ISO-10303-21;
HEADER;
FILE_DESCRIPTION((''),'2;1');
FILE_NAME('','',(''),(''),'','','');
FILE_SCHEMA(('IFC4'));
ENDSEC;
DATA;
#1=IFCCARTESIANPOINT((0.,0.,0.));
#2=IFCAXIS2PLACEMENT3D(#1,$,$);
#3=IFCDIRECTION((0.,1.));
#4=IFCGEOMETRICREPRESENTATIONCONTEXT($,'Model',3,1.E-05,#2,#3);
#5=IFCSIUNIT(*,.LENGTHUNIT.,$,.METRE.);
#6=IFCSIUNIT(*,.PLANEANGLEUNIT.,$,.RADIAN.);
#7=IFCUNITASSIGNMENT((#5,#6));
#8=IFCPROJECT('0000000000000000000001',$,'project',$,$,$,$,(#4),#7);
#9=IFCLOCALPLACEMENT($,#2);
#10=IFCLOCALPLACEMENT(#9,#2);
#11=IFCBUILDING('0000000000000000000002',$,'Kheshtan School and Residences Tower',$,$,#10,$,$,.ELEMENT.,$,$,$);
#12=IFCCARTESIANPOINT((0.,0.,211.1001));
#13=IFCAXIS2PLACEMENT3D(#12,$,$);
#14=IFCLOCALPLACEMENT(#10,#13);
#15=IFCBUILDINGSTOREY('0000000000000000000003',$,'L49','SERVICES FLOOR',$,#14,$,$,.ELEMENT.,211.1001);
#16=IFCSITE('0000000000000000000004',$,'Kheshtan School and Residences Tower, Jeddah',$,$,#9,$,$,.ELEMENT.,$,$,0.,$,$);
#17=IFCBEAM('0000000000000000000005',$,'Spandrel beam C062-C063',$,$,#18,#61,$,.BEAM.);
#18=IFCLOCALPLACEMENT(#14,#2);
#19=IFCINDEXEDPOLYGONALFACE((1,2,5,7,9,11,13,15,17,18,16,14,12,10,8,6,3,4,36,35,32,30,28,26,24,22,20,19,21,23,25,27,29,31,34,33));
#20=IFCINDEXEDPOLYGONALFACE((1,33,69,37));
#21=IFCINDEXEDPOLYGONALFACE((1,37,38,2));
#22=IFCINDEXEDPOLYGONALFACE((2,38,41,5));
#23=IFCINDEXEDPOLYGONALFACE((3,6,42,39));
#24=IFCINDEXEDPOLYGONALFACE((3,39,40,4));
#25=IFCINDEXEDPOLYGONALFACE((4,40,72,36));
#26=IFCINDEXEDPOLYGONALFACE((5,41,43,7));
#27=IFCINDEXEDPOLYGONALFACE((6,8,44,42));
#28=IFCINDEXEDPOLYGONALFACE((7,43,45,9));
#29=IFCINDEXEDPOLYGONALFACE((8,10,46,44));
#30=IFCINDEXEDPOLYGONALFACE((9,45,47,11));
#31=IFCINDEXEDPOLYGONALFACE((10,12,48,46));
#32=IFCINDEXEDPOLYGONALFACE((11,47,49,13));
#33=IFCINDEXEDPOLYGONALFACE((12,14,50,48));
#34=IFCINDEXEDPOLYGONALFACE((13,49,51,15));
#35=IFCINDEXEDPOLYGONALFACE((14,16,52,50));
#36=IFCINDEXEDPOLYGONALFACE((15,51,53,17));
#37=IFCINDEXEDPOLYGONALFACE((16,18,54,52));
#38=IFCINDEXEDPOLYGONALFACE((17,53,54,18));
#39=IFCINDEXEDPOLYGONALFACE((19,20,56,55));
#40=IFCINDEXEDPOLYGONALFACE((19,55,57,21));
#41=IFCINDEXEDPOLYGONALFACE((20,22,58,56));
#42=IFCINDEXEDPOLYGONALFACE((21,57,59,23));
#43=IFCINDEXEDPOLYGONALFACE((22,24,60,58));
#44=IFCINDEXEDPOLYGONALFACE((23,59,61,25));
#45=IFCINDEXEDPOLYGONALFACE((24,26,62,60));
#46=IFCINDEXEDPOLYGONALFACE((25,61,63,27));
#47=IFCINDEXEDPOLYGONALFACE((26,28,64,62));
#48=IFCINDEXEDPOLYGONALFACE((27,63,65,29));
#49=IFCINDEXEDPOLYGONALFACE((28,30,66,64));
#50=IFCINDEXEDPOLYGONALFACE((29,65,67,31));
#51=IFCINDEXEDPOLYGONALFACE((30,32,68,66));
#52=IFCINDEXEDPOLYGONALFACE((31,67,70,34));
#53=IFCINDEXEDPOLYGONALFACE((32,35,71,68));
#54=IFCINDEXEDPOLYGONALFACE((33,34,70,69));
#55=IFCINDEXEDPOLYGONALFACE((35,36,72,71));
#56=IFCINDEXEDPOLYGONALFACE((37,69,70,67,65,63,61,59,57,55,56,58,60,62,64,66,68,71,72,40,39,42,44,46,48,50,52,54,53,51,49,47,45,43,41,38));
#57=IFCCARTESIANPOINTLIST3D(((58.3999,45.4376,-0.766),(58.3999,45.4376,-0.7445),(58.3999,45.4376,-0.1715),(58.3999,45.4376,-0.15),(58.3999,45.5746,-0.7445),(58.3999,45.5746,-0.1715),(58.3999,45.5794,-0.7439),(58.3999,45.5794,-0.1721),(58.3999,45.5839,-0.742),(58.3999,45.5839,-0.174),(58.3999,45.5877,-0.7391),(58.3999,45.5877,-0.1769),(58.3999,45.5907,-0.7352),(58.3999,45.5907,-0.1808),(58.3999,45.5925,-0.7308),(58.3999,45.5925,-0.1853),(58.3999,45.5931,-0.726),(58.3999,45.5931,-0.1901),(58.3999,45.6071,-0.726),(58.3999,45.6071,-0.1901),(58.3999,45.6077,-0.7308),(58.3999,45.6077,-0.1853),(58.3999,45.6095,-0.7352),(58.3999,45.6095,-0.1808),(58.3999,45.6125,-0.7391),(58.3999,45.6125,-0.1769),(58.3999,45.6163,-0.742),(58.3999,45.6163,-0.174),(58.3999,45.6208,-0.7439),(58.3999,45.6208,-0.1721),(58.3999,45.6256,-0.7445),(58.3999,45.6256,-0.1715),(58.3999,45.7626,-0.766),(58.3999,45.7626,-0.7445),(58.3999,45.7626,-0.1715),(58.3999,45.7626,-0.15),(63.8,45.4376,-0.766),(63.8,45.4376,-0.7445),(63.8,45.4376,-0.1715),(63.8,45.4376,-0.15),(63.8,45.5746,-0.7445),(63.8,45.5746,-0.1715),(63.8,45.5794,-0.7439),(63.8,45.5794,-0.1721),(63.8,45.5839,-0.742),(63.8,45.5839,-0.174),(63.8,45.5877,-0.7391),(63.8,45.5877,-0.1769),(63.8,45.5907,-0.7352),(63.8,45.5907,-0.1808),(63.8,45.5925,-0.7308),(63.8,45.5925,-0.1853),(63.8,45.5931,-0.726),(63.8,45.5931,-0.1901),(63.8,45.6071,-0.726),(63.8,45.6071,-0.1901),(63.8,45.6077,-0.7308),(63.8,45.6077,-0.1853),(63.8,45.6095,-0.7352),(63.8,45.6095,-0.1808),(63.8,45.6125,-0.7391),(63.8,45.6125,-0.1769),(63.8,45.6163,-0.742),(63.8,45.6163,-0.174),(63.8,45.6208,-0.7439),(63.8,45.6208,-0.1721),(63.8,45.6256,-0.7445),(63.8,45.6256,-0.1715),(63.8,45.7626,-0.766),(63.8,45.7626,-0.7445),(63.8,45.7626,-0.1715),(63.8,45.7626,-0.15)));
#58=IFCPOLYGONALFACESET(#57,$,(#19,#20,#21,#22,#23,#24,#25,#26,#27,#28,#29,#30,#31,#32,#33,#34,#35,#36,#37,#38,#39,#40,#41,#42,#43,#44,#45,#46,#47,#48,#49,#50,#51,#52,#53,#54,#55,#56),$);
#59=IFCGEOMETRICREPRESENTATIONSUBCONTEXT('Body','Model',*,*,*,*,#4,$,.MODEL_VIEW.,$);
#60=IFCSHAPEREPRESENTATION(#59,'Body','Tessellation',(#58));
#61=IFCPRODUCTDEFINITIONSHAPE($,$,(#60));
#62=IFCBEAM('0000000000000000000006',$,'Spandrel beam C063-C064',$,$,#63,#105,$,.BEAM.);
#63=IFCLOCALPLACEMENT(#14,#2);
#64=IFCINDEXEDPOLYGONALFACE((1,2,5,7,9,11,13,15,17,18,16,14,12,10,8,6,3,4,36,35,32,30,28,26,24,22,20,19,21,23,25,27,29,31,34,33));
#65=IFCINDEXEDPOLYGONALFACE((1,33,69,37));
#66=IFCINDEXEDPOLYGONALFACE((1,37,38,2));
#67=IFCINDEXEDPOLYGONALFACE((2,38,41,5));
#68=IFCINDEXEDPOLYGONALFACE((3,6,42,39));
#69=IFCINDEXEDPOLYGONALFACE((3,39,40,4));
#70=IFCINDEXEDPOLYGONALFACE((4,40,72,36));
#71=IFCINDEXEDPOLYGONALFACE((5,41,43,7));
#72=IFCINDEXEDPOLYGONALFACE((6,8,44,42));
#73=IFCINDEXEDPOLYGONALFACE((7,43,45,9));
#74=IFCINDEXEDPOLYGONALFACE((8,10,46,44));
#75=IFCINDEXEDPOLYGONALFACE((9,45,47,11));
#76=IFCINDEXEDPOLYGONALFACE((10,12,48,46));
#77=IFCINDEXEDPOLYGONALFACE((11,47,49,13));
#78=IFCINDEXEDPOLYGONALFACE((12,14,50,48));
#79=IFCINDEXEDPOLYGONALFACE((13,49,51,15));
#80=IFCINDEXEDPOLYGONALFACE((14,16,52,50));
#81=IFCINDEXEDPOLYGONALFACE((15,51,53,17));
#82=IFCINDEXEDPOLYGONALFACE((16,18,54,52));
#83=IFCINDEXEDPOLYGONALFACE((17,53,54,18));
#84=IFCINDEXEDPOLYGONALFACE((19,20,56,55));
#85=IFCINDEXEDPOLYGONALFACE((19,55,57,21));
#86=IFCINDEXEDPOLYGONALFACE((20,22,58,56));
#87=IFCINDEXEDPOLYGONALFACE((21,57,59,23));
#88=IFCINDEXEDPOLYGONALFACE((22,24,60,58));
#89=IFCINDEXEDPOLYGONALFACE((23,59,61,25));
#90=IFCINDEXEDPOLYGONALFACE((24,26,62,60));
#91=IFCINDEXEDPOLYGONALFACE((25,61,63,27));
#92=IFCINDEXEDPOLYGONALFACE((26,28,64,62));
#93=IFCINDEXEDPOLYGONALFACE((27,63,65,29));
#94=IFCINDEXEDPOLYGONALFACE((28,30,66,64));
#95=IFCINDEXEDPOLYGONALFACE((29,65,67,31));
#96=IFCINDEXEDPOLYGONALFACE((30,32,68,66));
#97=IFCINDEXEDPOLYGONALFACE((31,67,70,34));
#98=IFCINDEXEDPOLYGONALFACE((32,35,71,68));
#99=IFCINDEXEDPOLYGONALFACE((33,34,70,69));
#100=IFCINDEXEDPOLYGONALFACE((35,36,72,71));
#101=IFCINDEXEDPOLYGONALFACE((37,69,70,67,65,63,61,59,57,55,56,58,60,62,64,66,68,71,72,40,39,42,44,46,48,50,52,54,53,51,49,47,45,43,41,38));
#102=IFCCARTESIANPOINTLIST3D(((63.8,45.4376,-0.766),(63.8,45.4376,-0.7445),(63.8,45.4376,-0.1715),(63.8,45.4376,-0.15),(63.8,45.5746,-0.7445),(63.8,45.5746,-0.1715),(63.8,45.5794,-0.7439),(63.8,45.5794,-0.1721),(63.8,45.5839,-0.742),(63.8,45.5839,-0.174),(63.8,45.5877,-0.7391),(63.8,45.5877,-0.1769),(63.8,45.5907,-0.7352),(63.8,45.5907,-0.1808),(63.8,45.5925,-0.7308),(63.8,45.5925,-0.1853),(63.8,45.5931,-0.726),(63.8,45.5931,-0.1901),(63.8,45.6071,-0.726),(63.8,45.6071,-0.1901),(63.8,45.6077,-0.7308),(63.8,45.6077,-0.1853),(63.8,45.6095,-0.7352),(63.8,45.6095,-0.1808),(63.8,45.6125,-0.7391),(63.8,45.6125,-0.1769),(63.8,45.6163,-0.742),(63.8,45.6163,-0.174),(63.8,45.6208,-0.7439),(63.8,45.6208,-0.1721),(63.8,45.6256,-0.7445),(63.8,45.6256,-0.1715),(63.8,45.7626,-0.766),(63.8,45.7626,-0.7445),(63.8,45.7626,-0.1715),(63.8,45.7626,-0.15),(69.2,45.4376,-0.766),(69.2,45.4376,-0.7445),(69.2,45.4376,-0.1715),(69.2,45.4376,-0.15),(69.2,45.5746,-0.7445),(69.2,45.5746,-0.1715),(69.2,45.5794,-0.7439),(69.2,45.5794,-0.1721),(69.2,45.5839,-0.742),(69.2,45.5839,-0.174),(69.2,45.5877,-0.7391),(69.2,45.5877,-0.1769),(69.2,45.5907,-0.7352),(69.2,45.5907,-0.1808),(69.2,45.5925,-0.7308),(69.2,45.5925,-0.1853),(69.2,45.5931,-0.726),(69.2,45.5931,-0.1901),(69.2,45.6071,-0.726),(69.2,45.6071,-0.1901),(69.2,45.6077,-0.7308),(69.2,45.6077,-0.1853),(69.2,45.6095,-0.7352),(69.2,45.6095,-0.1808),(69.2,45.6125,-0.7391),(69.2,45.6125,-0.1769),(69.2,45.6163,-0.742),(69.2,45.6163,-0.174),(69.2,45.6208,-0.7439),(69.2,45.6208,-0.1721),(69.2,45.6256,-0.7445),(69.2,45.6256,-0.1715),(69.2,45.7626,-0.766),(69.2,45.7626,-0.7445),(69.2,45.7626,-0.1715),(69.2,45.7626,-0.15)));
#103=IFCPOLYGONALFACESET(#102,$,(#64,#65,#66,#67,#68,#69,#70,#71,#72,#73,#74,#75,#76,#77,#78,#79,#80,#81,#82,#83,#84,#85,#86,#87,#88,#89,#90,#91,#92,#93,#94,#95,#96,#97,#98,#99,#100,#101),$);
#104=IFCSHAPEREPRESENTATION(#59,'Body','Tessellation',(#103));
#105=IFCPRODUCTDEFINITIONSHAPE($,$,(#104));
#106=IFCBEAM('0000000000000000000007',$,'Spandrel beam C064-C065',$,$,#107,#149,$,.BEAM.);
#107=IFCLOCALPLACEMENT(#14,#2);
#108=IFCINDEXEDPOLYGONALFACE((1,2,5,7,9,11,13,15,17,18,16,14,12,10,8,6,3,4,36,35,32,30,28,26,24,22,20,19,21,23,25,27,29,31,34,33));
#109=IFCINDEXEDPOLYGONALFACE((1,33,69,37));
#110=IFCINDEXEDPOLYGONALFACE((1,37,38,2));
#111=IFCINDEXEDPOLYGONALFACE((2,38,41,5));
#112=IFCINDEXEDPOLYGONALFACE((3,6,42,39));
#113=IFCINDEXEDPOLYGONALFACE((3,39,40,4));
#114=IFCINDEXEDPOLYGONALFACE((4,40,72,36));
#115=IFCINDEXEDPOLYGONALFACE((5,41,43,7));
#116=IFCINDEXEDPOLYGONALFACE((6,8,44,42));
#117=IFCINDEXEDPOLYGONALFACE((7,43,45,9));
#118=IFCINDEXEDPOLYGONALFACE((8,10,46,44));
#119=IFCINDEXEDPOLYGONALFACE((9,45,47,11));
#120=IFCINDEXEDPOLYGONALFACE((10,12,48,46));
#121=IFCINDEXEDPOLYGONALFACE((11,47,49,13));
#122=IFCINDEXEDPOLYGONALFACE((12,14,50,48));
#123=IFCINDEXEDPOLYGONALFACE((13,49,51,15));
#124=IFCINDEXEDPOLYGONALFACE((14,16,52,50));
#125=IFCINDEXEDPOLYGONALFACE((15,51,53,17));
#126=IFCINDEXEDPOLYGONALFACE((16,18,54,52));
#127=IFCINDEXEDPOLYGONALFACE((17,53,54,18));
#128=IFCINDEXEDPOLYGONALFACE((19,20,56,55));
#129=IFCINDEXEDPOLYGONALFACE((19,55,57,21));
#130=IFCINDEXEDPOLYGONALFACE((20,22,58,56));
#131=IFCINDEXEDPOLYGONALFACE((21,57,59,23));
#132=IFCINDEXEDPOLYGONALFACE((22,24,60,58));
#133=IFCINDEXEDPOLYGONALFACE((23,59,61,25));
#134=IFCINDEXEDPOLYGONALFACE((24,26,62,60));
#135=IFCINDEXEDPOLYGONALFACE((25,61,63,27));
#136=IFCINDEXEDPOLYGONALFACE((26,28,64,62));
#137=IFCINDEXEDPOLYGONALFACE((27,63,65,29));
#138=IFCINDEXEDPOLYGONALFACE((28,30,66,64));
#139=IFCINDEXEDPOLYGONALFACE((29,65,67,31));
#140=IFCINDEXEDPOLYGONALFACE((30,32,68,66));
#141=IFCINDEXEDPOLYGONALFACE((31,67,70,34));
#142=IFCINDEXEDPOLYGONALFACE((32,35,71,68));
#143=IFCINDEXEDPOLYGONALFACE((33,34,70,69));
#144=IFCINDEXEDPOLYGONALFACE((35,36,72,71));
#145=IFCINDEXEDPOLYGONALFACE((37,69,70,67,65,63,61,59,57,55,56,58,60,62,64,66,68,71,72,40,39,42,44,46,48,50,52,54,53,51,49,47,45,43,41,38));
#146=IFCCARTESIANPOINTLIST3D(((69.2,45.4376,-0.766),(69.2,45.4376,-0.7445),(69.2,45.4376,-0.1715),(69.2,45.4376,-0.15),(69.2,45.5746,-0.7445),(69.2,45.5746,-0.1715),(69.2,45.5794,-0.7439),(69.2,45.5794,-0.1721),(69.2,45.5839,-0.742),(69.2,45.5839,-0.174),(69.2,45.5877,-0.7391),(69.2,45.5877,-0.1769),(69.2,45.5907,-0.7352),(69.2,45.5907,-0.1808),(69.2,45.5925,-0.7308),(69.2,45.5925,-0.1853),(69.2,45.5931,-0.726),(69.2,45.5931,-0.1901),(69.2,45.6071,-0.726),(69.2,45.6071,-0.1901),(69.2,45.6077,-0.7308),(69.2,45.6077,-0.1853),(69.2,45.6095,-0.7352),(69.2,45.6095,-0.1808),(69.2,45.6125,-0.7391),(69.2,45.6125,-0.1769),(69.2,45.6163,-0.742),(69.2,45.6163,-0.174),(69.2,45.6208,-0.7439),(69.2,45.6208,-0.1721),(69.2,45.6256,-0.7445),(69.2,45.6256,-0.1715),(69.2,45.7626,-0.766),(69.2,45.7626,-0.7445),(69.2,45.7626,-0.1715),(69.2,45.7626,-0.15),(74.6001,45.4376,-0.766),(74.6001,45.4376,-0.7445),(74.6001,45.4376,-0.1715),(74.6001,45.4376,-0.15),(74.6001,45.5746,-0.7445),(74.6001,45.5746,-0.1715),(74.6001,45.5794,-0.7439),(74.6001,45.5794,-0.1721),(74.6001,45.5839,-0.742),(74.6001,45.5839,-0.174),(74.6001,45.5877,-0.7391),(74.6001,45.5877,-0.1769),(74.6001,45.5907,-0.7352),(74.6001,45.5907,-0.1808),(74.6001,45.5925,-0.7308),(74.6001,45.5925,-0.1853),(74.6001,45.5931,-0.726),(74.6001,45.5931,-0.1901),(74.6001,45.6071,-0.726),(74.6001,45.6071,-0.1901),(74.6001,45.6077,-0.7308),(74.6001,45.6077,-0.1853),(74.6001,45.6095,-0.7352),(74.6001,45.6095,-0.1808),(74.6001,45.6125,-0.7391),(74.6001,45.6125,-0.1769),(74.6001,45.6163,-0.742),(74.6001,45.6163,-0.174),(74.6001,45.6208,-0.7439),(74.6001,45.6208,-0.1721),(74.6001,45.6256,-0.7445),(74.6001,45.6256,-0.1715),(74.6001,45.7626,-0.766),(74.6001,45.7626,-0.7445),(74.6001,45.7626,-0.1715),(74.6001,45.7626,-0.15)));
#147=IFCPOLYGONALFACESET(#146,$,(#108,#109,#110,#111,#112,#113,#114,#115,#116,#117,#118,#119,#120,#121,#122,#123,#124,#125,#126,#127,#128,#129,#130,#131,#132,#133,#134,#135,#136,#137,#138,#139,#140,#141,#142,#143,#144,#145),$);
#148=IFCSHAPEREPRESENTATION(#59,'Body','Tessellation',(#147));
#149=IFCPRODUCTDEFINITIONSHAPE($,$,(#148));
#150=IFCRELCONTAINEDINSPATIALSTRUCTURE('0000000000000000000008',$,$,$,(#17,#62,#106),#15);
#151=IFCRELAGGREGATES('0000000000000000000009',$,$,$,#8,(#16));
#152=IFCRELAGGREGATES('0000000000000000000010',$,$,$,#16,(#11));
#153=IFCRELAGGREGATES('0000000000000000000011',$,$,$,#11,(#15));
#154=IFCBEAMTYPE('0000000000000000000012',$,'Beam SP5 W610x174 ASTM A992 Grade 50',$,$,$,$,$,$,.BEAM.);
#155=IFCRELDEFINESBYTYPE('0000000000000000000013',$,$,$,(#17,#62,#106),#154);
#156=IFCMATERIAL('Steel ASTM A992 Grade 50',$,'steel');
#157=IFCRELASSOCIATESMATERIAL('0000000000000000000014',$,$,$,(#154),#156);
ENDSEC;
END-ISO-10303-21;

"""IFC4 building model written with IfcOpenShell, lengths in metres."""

from ifc_helpers import new_model, si_unit, direction, frame, origin, origin_2d, place, context, subcontext, project, spatial, i_section, extrude, material, material_profile, profile_set, type_object, element, save


model = new_model("IFC4")

# Units and contexts
model_context = context("Model", 3, precision=1e-05, world=origin(), true_north=direction((0.0, 1.0)))
body_context = subcontext(model_context, "Body", "Model", "MODEL_VIEW")
ifc_project = project(units=[si_unit("LENGTHUNIT", "METRE"), si_unit("PLANEANGLEUNIT", "RADIAN")], contexts=[model_context])

# Site, building, storey
site_placement = place(None, origin())
site = spatial("IfcSite", under=ifc_project, at=site_placement, Name="Kheshtan School and Residences Tower, Jeddah", CompositionType="ELEMENT", RefElevation=0.0)
building_placement = place(site_placement, origin())
building = spatial("IfcBuilding", under=site, at=building_placement, Name="Kheshtan School and Residences Tower", CompositionType="ELEMENT")
storey_placement = place(building_placement, frame((0.0, 0.0, 211.1001)))
storey = spatial("IfcBuildingStorey", under=building, at=storey_placement, Name="L49", Description="SERVICES FLOOR", CompositionType="ELEMENT", Elevation=211.1001)

# Shared definitions
ifc_material_1 = material(Name="Steel ASTM A992 Grade 50", Category="steel")

# Beams
ifc_material_profile_1 = material_profile(ifc_material_1, i_section(OverallWidth=0.325, OverallDepth=0.616, WebThickness=0.0139, FlangeThickness=0.0215, FilletRadius=0.0186, at=origin_2d()), Name="W610x174")
ifc_profile_set_1 = profile_set([ifc_material_profile_1], Name="Steel ASTM A992 Grade 50")
beam_type_1 = type_object("IfcBeamType", Name="Beam SP5 W610x174 ASTM A992 Grade 50", PredefinedType="BEAM", material=ifc_profile_set_1)
beam_1_placement = place(storey_placement, frame((58.3999, 45.6001, -0.458), z_axis=(1.0, 0.0, 0.0), x_axis=(0.0, 1.0, 0.0)))
element("IfcBeam", 1, at=beam_1_placement, inside=storey, type_object=beam_type_1, Name="Spandrel beam C062-C063", PredefinedType="BEAM", context=body_context, shape_type="SweptSolid", body=[
    extrude(i_section(OverallWidth=0.325, OverallDepth=0.616, WebThickness=0.0139, FlangeThickness=0.0215, FilletRadius=0.0186, at=origin_2d()), origin(), (0.0, 0.0, 1.0), 5.4001),
])
beam_2_placement = place(storey_placement, frame((63.8, 45.6001, -0.458), z_axis=(1.0, 0.0, 0.0), x_axis=(0.0, 1.0, 0.0)))
element("IfcBeam", 2, at=beam_2_placement, inside=storey, type_object=beam_type_1, Name="Spandrel beam C063-C064", PredefinedType="BEAM", context=body_context, shape_type="SweptSolid", body=[
    extrude(i_section(OverallWidth=0.325, OverallDepth=0.616, WebThickness=0.0139, FlangeThickness=0.0215, FilletRadius=0.0186, at=origin_2d()), origin(), (0.0, 0.0, 1.0), 5.3999),
])
beam_3_placement = place(storey_placement, frame((69.2, 45.6001, -0.458), z_axis=(1.0, 0.0, 0.0), x_axis=(0.0, 1.0, 0.0)))
element("IfcBeam", 3, at=beam_3_placement, inside=storey, type_object=beam_type_1, Name="Spandrel beam C064-C065", PredefinedType="BEAM", context=body_context, shape_type="SweptSolid", body=[
    extrude(i_section(OverallWidth=0.325, OverallDepth=0.616, WebThickness=0.0139, FlangeThickness=0.0215, FilletRadius=0.0186, at=origin_2d()), origin(), (0.0, 0.0, 1.0), 5.4001),
])

save(model, "model.ifc")
